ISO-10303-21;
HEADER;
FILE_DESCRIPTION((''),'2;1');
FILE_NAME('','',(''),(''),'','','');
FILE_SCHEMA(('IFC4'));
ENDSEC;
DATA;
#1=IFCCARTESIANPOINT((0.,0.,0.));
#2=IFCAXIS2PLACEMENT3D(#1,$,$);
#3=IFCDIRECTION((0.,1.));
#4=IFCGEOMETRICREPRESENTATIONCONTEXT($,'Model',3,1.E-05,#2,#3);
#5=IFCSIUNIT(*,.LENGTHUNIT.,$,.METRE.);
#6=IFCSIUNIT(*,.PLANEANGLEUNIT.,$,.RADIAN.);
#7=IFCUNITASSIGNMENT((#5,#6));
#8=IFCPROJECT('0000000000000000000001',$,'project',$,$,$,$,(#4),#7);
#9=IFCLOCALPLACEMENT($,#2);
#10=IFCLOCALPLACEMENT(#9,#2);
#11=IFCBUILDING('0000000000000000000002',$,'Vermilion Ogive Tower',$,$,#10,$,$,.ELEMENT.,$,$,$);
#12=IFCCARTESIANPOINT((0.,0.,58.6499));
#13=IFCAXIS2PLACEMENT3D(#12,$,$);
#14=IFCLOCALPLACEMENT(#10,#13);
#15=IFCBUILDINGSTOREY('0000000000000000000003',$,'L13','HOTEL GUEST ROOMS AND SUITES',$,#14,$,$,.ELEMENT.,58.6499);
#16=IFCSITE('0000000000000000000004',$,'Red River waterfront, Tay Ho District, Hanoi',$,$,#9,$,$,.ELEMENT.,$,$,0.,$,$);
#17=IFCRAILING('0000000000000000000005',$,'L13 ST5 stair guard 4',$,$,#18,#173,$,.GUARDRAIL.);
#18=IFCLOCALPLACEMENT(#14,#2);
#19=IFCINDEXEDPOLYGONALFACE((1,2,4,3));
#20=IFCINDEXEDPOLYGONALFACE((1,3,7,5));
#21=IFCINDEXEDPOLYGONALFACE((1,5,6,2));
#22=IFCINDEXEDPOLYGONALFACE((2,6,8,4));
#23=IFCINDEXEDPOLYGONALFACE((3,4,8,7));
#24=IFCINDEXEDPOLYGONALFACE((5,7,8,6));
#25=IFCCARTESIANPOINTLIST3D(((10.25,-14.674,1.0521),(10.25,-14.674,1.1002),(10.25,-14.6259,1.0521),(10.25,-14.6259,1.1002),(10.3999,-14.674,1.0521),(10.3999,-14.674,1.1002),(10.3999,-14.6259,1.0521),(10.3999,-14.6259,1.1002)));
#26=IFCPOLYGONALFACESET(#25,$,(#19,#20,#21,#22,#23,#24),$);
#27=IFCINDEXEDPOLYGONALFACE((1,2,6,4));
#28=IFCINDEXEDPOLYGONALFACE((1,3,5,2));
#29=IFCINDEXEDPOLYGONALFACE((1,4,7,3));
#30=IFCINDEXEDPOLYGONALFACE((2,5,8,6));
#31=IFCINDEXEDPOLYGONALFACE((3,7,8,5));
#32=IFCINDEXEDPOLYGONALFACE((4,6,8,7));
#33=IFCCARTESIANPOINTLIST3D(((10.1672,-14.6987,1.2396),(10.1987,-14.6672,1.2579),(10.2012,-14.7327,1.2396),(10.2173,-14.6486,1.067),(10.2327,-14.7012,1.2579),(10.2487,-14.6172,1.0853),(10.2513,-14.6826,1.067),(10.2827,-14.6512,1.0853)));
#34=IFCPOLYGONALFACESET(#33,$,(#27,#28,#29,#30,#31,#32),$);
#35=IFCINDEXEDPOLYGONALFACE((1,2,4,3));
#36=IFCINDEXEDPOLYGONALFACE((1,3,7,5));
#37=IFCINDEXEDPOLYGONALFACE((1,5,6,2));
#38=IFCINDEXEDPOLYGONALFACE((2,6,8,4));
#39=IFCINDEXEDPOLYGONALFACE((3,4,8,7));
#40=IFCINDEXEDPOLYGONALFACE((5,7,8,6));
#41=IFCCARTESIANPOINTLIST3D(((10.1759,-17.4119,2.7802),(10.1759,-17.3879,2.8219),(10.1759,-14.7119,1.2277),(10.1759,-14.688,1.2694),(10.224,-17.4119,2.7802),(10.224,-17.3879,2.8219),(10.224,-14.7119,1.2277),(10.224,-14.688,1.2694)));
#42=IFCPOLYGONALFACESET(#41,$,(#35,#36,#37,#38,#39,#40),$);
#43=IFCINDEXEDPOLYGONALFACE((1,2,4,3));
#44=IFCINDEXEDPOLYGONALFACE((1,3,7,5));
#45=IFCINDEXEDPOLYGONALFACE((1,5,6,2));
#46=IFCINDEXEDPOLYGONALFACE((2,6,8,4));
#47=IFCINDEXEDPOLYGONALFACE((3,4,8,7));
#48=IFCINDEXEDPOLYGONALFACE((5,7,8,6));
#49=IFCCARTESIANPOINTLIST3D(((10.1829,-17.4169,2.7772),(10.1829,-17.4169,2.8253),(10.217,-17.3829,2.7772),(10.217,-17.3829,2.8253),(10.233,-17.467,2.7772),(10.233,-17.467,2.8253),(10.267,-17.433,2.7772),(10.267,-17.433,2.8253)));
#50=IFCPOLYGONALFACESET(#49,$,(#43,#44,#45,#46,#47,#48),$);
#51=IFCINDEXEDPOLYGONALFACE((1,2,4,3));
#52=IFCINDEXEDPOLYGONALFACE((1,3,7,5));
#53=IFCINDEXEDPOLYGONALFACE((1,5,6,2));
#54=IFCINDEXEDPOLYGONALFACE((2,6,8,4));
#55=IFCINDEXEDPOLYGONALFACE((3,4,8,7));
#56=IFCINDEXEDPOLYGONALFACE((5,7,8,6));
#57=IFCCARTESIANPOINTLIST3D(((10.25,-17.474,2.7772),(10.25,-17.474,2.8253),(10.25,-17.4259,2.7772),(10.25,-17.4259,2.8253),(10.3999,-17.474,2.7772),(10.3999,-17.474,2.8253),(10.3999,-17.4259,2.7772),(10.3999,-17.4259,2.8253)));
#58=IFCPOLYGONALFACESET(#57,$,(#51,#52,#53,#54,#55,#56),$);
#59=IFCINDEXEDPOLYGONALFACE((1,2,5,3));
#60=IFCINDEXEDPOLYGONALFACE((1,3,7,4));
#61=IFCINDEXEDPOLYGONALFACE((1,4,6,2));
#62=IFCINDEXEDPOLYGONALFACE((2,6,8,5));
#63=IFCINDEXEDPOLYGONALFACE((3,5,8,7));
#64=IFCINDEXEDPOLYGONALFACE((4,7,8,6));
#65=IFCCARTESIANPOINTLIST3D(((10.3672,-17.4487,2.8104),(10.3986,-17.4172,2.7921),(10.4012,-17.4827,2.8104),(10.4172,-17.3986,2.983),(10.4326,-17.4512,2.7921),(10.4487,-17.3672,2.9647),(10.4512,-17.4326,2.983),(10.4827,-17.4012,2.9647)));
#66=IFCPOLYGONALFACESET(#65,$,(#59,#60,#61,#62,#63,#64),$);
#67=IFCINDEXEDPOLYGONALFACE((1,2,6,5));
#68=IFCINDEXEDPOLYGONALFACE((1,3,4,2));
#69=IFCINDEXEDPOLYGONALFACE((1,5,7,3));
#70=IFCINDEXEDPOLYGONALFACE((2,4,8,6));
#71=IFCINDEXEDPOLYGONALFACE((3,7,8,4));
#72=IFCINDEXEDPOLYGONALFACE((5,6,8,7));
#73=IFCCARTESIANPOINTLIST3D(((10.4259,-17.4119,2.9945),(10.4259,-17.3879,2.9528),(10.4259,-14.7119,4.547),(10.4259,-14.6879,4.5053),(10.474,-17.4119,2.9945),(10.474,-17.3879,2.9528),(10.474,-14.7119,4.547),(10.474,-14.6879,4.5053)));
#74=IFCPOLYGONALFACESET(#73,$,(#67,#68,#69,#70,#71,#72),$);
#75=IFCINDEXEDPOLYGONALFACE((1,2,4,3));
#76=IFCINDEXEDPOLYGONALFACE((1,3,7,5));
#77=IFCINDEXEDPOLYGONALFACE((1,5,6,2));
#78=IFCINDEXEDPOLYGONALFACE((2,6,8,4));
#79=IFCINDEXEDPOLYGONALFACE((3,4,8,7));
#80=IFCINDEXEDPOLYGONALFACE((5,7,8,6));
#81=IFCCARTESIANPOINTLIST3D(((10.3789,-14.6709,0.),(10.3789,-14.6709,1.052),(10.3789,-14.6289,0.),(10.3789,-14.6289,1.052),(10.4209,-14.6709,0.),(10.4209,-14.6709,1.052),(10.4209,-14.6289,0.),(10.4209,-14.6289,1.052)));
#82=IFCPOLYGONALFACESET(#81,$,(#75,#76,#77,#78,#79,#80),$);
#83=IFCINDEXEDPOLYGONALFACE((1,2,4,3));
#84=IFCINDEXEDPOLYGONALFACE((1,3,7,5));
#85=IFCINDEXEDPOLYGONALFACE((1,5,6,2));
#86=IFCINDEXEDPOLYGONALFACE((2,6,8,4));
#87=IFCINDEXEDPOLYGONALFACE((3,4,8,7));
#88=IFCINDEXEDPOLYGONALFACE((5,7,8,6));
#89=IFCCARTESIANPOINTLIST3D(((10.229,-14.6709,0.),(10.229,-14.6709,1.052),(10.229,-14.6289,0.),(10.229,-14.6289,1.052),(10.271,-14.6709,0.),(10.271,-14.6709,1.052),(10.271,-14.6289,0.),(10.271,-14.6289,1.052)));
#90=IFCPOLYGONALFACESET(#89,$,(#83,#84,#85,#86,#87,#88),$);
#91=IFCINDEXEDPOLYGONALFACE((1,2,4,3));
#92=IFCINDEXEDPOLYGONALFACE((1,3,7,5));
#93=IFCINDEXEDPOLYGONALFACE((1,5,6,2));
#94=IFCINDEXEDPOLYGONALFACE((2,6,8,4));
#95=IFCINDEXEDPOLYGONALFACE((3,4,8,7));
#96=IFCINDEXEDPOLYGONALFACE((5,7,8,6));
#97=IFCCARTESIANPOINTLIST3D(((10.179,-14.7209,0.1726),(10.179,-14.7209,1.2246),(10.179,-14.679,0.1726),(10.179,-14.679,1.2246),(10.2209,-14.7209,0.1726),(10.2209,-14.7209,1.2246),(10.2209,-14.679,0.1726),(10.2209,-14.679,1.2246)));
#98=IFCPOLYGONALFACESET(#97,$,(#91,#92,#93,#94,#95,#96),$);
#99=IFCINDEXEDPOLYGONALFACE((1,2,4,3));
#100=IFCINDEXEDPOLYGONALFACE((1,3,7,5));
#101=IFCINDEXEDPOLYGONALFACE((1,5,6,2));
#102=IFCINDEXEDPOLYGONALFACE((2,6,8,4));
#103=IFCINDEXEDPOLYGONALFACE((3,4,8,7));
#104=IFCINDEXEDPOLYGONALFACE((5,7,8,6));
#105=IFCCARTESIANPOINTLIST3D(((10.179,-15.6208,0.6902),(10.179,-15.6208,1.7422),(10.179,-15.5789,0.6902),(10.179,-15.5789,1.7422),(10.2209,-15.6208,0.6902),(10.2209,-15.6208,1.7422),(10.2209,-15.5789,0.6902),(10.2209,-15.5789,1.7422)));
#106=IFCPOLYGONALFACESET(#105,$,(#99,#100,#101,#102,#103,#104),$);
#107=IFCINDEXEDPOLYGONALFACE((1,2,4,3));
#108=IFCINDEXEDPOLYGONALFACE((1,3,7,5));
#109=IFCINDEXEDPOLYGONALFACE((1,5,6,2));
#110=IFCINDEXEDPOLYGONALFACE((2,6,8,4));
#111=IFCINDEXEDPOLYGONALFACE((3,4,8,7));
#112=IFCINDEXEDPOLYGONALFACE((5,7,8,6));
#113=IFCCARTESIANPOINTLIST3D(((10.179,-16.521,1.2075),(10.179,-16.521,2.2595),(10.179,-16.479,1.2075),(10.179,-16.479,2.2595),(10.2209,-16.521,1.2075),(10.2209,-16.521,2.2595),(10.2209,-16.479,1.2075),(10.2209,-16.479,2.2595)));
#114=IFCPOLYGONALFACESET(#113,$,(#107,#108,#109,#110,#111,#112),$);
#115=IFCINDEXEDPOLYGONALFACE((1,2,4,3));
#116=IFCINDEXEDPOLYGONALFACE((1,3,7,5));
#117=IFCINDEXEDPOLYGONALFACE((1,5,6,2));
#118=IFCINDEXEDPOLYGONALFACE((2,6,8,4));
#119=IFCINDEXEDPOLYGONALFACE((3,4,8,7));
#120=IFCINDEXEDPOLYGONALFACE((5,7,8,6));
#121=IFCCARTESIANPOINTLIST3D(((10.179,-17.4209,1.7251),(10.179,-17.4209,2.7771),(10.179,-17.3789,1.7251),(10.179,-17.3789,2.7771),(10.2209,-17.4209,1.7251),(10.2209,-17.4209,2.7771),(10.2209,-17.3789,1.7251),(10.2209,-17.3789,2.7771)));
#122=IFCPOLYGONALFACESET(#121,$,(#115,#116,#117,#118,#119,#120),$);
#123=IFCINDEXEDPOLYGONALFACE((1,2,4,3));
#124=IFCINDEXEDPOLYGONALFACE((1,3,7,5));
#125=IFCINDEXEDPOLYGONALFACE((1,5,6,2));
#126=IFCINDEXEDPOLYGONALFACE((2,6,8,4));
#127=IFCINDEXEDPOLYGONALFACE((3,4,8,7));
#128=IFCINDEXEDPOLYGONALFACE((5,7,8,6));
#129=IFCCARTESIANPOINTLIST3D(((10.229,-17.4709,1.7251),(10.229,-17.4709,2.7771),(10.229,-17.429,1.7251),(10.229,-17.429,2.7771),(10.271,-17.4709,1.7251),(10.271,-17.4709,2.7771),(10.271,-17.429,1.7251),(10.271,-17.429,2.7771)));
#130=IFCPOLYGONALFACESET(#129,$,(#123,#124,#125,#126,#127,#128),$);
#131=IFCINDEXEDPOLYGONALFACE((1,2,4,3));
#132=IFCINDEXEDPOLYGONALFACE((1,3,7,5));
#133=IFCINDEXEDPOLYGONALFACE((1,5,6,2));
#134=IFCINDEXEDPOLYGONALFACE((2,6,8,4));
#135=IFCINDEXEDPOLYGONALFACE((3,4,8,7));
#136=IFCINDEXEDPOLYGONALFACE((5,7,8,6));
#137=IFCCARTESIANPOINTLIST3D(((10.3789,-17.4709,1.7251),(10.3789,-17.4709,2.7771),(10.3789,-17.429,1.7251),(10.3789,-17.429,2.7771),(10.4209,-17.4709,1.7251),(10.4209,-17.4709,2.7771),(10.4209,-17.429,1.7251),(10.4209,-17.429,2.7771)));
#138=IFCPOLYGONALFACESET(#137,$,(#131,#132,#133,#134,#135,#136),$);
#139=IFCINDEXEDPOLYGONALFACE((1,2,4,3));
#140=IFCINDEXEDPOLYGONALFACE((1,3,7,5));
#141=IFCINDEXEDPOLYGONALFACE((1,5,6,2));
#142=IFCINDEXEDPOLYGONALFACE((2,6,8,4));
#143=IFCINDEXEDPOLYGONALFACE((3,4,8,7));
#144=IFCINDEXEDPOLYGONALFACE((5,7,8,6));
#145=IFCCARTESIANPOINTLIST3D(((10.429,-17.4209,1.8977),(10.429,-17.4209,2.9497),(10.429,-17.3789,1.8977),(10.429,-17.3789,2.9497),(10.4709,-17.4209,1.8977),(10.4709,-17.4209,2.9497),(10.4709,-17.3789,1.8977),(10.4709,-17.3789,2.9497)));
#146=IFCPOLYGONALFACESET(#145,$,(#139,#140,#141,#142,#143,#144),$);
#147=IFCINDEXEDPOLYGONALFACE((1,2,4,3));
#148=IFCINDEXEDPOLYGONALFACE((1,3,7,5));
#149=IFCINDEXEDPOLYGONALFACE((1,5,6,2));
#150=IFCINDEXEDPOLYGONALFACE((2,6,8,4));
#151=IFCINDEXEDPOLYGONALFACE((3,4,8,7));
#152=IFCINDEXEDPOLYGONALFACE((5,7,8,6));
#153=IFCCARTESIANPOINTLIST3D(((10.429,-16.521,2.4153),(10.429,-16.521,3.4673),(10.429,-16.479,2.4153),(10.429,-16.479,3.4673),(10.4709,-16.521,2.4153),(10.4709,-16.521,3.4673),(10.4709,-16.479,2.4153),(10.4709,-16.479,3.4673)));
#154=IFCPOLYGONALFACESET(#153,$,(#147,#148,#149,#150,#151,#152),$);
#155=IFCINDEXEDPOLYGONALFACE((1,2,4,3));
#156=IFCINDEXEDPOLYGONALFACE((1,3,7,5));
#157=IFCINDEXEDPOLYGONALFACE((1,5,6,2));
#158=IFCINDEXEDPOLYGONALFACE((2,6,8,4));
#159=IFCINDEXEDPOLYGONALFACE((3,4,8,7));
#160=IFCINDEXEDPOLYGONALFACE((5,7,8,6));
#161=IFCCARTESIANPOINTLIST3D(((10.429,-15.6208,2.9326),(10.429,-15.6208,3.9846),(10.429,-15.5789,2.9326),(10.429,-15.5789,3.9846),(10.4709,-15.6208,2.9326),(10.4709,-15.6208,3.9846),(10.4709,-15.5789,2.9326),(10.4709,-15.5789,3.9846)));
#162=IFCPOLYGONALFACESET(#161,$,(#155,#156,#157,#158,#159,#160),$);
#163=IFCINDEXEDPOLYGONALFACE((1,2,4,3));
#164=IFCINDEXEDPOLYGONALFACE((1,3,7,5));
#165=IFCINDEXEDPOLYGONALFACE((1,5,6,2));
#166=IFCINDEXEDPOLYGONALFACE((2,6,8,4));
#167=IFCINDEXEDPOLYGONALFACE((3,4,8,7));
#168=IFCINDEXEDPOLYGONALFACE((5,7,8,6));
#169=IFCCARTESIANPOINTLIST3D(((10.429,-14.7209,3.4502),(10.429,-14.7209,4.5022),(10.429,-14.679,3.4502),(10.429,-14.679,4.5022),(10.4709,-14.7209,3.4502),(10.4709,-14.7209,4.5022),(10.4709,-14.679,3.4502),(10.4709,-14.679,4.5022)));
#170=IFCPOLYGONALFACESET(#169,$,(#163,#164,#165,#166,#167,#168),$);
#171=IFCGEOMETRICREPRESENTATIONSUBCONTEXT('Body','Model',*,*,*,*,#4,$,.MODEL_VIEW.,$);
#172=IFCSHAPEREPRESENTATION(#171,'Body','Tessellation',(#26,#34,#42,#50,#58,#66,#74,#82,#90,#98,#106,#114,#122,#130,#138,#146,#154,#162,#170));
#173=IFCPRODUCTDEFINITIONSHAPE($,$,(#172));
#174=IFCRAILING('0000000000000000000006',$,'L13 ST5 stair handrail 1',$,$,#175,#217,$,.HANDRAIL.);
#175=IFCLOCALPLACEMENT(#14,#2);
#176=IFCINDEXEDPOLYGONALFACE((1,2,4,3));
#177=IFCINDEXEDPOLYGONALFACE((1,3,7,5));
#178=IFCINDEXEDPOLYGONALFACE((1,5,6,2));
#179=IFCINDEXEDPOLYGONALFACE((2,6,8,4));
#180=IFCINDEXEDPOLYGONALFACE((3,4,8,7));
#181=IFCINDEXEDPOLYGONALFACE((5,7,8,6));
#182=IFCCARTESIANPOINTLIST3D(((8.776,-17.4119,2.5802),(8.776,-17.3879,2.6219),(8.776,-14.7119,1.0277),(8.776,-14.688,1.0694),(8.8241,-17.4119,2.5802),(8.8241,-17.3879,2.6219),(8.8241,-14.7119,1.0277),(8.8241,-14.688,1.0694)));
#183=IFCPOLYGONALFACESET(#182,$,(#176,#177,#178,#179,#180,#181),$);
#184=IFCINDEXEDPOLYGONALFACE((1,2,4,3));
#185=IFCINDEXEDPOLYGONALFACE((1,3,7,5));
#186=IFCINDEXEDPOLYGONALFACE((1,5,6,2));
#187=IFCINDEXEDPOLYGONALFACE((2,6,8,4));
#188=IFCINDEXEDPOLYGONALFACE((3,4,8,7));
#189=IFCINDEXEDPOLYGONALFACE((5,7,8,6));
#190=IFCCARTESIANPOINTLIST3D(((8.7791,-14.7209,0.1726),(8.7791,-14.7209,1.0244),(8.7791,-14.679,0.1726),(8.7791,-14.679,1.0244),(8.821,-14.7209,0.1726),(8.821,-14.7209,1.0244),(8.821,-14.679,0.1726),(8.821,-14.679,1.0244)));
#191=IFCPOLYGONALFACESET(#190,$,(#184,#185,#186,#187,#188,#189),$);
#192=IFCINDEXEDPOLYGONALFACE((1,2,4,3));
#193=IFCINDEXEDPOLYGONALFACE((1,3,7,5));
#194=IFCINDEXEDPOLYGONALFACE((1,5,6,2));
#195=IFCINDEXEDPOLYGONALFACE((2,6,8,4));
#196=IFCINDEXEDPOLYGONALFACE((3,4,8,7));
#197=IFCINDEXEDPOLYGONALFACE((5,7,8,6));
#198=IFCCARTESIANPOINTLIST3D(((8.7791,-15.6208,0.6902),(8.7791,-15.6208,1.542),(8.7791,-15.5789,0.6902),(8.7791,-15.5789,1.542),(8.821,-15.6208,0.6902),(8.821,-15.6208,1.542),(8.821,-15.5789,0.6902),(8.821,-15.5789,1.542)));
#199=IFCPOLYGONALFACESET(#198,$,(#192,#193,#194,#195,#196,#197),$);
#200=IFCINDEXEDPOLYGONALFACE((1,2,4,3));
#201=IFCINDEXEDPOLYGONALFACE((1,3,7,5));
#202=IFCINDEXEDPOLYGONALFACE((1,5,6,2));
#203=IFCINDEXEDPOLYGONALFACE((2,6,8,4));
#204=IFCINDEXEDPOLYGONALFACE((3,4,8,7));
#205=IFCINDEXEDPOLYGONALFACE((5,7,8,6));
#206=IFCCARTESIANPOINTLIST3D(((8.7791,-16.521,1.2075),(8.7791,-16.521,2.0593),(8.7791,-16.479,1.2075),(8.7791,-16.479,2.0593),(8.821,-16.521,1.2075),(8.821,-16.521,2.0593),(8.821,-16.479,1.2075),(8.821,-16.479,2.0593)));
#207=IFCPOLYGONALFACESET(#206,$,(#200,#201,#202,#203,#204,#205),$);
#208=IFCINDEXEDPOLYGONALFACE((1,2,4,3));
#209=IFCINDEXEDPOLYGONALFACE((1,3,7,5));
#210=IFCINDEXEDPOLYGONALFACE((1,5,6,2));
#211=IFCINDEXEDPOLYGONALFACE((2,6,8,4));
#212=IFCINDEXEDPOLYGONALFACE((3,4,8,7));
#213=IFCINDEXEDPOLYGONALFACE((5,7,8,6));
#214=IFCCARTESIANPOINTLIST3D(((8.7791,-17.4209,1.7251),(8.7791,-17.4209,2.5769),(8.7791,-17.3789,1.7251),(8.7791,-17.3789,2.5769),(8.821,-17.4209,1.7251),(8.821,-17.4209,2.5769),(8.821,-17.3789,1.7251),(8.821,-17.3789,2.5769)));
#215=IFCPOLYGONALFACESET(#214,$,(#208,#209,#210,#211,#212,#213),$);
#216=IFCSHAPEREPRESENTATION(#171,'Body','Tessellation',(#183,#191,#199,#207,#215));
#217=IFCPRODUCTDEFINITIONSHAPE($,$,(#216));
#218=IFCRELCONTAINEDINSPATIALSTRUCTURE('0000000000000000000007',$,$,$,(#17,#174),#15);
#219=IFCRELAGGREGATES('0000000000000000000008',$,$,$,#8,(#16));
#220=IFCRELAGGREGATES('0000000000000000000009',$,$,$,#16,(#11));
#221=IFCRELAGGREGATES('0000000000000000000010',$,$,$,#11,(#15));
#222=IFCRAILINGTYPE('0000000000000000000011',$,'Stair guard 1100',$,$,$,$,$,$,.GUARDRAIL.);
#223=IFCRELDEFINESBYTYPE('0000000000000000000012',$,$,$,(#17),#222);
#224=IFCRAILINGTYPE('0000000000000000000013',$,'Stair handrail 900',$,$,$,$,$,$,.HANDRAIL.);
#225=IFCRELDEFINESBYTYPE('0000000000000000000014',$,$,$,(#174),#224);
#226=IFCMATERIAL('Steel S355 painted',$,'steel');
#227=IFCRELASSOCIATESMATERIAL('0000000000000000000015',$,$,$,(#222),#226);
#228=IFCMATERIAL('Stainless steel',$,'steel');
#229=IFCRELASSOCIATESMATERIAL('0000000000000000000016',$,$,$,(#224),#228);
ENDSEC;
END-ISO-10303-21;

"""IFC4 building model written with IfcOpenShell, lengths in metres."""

from ifc_helpers import new_model, si_unit, direction, frame, origin, origin_2d, place, context, subcontext, project, spatial, rectangle, extrude, material, type_object, element, save


model = new_model("IFC4")

# Units and contexts
model_context = context("Model", 3, precision=1e-05, world=origin(), true_north=direction((0.0, 1.0)))
body_context = subcontext(model_context, "Body", "Model", "MODEL_VIEW")
ifc_project = project(units=[si_unit("LENGTHUNIT", "METRE"), si_unit("PLANEANGLEUNIT", "RADIAN")], contexts=[model_context])

# Site, building, storey
site_placement = place(None, origin())
site = spatial("IfcSite", under=ifc_project, at=site_placement, Name="Red River waterfront, Tay Ho District, Hanoi", CompositionType="ELEMENT", RefElevation=0.0)
building_placement = place(site_placement, origin())
building = spatial("IfcBuilding", under=site, at=building_placement, Name="Vermilion Ogive Tower", CompositionType="ELEMENT")
storey_placement = place(building_placement, frame((0.0, 0.0, 58.6499)))
storey = spatial("IfcBuildingStorey", under=building, at=storey_placement, Name="L13", Description="HOTEL GUEST ROOMS AND SUITES", CompositionType="ELEMENT", Elevation=58.6499)

# Railings
ifc_material_1 = material(Name="Steel S355 painted", Category="steel")
railing_type_1 = type_object("IfcRailingType", Name="Stair guard 1100", PredefinedType="GUARDRAIL", material=ifc_material_1)
railing_1_placement = place(storey_placement, frame((10.3999, -14.6499, 0.0)))
element("IfcRailing", 1, at=railing_1_placement, inside=storey, type_object=railing_type_1, Name="L13 ST5 stair guard 4", PredefinedType="GUARDRAIL", context=body_context, shape_type="SweptSolid", body=[
    extrude(rectangle(XDim=0.0481, YDim=0.0481, at=origin_2d()), frame((0.0, 0.0, 1.0762), z_axis=(-1.0, 0.0, 0.0), x_axis=(0.0, -1.0, 0.0)), (0.0, 0.0, 1.0), 0.1499),
    extrude(rectangle(XDim=0.0481, YDim=0.0481, at=origin_2d()), frame((-0.1499, 0.0, 1.0762), z_axis=(-0.268278, -0.268278, 0.925232), x_axis=(0.707107, -0.707107, 0.0)), (0.0, 0.0, 1.0), 0.1865),
    extrude(rectangle(XDim=0.0481, YDim=0.0481, at=origin_2d()), frame((-0.2, -0.05, 1.2485), z_axis=(0.0, -0.866904, 0.498476), x_axis=(1.0, 0.0, 0.0)), (0.0, 0.0, 1.0), 3.1145),
    extrude(rectangle(XDim=0.0481, YDim=0.0481, at=origin_2d()), frame((-0.2, -2.75, 2.8013), z_axis=(0.707107, -0.707107, 0.0), x_axis=(0.707107, 0.707107, 0.0)), (0.0, 0.0, 1.0), 0.0708),
    extrude(rectangle(XDim=0.0481, YDim=0.0481, at=origin_2d()), frame((-0.1499, -2.8, 2.8013), z_axis=(1.0, 0.0, 0.0), x_axis=(0.0, 1.0, 0.0)), (0.0, 0.0, 1.0), 0.1499),
    extrude(rectangle(XDim=0.0481, YDim=0.0481, at=origin_2d()), frame((0.0, -2.8, 2.8013), z_axis=(0.268278, 0.268278, 0.925232), x_axis=(-0.707107, 0.707107, 0.0)), (0.0, 0.0, 1.0), 0.1865),
    extrude(rectangle(XDim=0.0481, YDim=0.0481, at=origin_2d()), frame((0.05, -2.75, 2.9736), z_axis=(0.0, 0.866904, 0.498476), x_axis=(-1.0, 0.0, 0.0)), (0.0, 0.0, 1.0), 3.1145),
    extrude(rectangle(XDim=0.042, YDim=0.042, at=origin_2d()), origin(), (0.0, 0.0, 1.0), 1.052),
    extrude(rectangle(XDim=0.042, YDim=0.042, at=origin_2d()), frame((-0.1499, 0.0, 0.0)), (0.0, 0.0, 1.0), 1.052),
    extrude(rectangle(XDim=0.042, YDim=0.042, at=origin_2d()), frame((-0.2, -0.05, 0.1726)), (0.0, 0.0, 1.0), 1.052),
    extrude(rectangle(XDim=0.042, YDim=0.042, at=origin_2d()), frame((-0.2, -0.95, 0.6902)), (0.0, 0.0, 1.0), 1.052),
    extrude(rectangle(XDim=0.042, YDim=0.042, at=origin_2d()), frame((-0.2, -1.8501, 1.2075)), (0.0, 0.0, 1.0), 1.052),
    extrude(rectangle(XDim=0.042, YDim=0.042, at=origin_2d()), frame((-0.2, -2.75, 1.7251)), (0.0, 0.0, 1.0), 1.052),
    extrude(rectangle(XDim=0.042, YDim=0.042, at=origin_2d()), frame((-0.1499, -2.8, 1.7251)), (0.0, 0.0, 1.0), 1.052),
    extrude(rectangle(XDim=0.042, YDim=0.042, at=origin_2d()), frame((0.0, -2.8, 1.7251)), (0.0, 0.0, 1.0), 1.052),
    extrude(rectangle(XDim=0.042, YDim=0.042, at=origin_2d()), frame((0.05, -2.75, 1.8977)), (0.0, 0.0, 1.0), 1.052),
    extrude(rectangle(XDim=0.042, YDim=0.042, at=origin_2d()), frame((0.05, -1.8501, 2.4153)), (0.0, 0.0, 1.0), 1.052),
    extrude(rectangle(XDim=0.042, YDim=0.042, at=origin_2d()), frame((0.05, -0.95, 2.9326)), (0.0, 0.0, 1.0), 1.052),
    extrude(rectangle(XDim=0.042, YDim=0.042, at=origin_2d()), frame((0.05, -0.05, 3.4502)), (0.0, 0.0, 1.0), 1.052),
])
ifc_material_2 = material(Name="Stainless steel", Category="steel")
railing_type_2 = type_object("IfcRailingType", Name="Stair handrail 900", PredefinedType="HANDRAIL", material=ifc_material_2)
railing_2_placement = place(storey_placement, frame((8.8, -14.7, 0.1726)))
element("IfcRailing", 2, at=railing_2_placement, inside=storey, type_object=railing_type_2, Name="L13 ST5 stair handrail 1", PredefinedType="HANDRAIL", context=body_context, shape_type="SweptSolid", body=[
    extrude(rectangle(XDim=0.0481, YDim=0.0481, at=origin_2d()), frame((0.0, 0.0, 0.876), z_axis=(0.0, -0.866904, 0.498476), x_axis=(1.0, 0.0, 0.0)), (0.0, 0.0, 1.0), 3.1145),
    extrude(rectangle(XDim=0.042, YDim=0.042, at=origin_2d()), origin(), (0.0, 0.0, 1.0), 0.8518),
    extrude(rectangle(XDim=0.042, YDim=0.042, at=origin_2d()), frame((0.0, -0.8999, 0.5176)), (0.0, 0.0, 1.0), 0.8518),
    extrude(rectangle(XDim=0.042, YDim=0.042, at=origin_2d()), frame((0.0, -1.8, 1.0349)), (0.0, 0.0, 1.0), 0.8518),
    extrude(rectangle(XDim=0.042, YDim=0.042, at=origin_2d()), frame((0.0, -2.7, 1.5525)), (0.0, 0.0, 1.0), 0.8518),
])

save(model, "model.ifc")
